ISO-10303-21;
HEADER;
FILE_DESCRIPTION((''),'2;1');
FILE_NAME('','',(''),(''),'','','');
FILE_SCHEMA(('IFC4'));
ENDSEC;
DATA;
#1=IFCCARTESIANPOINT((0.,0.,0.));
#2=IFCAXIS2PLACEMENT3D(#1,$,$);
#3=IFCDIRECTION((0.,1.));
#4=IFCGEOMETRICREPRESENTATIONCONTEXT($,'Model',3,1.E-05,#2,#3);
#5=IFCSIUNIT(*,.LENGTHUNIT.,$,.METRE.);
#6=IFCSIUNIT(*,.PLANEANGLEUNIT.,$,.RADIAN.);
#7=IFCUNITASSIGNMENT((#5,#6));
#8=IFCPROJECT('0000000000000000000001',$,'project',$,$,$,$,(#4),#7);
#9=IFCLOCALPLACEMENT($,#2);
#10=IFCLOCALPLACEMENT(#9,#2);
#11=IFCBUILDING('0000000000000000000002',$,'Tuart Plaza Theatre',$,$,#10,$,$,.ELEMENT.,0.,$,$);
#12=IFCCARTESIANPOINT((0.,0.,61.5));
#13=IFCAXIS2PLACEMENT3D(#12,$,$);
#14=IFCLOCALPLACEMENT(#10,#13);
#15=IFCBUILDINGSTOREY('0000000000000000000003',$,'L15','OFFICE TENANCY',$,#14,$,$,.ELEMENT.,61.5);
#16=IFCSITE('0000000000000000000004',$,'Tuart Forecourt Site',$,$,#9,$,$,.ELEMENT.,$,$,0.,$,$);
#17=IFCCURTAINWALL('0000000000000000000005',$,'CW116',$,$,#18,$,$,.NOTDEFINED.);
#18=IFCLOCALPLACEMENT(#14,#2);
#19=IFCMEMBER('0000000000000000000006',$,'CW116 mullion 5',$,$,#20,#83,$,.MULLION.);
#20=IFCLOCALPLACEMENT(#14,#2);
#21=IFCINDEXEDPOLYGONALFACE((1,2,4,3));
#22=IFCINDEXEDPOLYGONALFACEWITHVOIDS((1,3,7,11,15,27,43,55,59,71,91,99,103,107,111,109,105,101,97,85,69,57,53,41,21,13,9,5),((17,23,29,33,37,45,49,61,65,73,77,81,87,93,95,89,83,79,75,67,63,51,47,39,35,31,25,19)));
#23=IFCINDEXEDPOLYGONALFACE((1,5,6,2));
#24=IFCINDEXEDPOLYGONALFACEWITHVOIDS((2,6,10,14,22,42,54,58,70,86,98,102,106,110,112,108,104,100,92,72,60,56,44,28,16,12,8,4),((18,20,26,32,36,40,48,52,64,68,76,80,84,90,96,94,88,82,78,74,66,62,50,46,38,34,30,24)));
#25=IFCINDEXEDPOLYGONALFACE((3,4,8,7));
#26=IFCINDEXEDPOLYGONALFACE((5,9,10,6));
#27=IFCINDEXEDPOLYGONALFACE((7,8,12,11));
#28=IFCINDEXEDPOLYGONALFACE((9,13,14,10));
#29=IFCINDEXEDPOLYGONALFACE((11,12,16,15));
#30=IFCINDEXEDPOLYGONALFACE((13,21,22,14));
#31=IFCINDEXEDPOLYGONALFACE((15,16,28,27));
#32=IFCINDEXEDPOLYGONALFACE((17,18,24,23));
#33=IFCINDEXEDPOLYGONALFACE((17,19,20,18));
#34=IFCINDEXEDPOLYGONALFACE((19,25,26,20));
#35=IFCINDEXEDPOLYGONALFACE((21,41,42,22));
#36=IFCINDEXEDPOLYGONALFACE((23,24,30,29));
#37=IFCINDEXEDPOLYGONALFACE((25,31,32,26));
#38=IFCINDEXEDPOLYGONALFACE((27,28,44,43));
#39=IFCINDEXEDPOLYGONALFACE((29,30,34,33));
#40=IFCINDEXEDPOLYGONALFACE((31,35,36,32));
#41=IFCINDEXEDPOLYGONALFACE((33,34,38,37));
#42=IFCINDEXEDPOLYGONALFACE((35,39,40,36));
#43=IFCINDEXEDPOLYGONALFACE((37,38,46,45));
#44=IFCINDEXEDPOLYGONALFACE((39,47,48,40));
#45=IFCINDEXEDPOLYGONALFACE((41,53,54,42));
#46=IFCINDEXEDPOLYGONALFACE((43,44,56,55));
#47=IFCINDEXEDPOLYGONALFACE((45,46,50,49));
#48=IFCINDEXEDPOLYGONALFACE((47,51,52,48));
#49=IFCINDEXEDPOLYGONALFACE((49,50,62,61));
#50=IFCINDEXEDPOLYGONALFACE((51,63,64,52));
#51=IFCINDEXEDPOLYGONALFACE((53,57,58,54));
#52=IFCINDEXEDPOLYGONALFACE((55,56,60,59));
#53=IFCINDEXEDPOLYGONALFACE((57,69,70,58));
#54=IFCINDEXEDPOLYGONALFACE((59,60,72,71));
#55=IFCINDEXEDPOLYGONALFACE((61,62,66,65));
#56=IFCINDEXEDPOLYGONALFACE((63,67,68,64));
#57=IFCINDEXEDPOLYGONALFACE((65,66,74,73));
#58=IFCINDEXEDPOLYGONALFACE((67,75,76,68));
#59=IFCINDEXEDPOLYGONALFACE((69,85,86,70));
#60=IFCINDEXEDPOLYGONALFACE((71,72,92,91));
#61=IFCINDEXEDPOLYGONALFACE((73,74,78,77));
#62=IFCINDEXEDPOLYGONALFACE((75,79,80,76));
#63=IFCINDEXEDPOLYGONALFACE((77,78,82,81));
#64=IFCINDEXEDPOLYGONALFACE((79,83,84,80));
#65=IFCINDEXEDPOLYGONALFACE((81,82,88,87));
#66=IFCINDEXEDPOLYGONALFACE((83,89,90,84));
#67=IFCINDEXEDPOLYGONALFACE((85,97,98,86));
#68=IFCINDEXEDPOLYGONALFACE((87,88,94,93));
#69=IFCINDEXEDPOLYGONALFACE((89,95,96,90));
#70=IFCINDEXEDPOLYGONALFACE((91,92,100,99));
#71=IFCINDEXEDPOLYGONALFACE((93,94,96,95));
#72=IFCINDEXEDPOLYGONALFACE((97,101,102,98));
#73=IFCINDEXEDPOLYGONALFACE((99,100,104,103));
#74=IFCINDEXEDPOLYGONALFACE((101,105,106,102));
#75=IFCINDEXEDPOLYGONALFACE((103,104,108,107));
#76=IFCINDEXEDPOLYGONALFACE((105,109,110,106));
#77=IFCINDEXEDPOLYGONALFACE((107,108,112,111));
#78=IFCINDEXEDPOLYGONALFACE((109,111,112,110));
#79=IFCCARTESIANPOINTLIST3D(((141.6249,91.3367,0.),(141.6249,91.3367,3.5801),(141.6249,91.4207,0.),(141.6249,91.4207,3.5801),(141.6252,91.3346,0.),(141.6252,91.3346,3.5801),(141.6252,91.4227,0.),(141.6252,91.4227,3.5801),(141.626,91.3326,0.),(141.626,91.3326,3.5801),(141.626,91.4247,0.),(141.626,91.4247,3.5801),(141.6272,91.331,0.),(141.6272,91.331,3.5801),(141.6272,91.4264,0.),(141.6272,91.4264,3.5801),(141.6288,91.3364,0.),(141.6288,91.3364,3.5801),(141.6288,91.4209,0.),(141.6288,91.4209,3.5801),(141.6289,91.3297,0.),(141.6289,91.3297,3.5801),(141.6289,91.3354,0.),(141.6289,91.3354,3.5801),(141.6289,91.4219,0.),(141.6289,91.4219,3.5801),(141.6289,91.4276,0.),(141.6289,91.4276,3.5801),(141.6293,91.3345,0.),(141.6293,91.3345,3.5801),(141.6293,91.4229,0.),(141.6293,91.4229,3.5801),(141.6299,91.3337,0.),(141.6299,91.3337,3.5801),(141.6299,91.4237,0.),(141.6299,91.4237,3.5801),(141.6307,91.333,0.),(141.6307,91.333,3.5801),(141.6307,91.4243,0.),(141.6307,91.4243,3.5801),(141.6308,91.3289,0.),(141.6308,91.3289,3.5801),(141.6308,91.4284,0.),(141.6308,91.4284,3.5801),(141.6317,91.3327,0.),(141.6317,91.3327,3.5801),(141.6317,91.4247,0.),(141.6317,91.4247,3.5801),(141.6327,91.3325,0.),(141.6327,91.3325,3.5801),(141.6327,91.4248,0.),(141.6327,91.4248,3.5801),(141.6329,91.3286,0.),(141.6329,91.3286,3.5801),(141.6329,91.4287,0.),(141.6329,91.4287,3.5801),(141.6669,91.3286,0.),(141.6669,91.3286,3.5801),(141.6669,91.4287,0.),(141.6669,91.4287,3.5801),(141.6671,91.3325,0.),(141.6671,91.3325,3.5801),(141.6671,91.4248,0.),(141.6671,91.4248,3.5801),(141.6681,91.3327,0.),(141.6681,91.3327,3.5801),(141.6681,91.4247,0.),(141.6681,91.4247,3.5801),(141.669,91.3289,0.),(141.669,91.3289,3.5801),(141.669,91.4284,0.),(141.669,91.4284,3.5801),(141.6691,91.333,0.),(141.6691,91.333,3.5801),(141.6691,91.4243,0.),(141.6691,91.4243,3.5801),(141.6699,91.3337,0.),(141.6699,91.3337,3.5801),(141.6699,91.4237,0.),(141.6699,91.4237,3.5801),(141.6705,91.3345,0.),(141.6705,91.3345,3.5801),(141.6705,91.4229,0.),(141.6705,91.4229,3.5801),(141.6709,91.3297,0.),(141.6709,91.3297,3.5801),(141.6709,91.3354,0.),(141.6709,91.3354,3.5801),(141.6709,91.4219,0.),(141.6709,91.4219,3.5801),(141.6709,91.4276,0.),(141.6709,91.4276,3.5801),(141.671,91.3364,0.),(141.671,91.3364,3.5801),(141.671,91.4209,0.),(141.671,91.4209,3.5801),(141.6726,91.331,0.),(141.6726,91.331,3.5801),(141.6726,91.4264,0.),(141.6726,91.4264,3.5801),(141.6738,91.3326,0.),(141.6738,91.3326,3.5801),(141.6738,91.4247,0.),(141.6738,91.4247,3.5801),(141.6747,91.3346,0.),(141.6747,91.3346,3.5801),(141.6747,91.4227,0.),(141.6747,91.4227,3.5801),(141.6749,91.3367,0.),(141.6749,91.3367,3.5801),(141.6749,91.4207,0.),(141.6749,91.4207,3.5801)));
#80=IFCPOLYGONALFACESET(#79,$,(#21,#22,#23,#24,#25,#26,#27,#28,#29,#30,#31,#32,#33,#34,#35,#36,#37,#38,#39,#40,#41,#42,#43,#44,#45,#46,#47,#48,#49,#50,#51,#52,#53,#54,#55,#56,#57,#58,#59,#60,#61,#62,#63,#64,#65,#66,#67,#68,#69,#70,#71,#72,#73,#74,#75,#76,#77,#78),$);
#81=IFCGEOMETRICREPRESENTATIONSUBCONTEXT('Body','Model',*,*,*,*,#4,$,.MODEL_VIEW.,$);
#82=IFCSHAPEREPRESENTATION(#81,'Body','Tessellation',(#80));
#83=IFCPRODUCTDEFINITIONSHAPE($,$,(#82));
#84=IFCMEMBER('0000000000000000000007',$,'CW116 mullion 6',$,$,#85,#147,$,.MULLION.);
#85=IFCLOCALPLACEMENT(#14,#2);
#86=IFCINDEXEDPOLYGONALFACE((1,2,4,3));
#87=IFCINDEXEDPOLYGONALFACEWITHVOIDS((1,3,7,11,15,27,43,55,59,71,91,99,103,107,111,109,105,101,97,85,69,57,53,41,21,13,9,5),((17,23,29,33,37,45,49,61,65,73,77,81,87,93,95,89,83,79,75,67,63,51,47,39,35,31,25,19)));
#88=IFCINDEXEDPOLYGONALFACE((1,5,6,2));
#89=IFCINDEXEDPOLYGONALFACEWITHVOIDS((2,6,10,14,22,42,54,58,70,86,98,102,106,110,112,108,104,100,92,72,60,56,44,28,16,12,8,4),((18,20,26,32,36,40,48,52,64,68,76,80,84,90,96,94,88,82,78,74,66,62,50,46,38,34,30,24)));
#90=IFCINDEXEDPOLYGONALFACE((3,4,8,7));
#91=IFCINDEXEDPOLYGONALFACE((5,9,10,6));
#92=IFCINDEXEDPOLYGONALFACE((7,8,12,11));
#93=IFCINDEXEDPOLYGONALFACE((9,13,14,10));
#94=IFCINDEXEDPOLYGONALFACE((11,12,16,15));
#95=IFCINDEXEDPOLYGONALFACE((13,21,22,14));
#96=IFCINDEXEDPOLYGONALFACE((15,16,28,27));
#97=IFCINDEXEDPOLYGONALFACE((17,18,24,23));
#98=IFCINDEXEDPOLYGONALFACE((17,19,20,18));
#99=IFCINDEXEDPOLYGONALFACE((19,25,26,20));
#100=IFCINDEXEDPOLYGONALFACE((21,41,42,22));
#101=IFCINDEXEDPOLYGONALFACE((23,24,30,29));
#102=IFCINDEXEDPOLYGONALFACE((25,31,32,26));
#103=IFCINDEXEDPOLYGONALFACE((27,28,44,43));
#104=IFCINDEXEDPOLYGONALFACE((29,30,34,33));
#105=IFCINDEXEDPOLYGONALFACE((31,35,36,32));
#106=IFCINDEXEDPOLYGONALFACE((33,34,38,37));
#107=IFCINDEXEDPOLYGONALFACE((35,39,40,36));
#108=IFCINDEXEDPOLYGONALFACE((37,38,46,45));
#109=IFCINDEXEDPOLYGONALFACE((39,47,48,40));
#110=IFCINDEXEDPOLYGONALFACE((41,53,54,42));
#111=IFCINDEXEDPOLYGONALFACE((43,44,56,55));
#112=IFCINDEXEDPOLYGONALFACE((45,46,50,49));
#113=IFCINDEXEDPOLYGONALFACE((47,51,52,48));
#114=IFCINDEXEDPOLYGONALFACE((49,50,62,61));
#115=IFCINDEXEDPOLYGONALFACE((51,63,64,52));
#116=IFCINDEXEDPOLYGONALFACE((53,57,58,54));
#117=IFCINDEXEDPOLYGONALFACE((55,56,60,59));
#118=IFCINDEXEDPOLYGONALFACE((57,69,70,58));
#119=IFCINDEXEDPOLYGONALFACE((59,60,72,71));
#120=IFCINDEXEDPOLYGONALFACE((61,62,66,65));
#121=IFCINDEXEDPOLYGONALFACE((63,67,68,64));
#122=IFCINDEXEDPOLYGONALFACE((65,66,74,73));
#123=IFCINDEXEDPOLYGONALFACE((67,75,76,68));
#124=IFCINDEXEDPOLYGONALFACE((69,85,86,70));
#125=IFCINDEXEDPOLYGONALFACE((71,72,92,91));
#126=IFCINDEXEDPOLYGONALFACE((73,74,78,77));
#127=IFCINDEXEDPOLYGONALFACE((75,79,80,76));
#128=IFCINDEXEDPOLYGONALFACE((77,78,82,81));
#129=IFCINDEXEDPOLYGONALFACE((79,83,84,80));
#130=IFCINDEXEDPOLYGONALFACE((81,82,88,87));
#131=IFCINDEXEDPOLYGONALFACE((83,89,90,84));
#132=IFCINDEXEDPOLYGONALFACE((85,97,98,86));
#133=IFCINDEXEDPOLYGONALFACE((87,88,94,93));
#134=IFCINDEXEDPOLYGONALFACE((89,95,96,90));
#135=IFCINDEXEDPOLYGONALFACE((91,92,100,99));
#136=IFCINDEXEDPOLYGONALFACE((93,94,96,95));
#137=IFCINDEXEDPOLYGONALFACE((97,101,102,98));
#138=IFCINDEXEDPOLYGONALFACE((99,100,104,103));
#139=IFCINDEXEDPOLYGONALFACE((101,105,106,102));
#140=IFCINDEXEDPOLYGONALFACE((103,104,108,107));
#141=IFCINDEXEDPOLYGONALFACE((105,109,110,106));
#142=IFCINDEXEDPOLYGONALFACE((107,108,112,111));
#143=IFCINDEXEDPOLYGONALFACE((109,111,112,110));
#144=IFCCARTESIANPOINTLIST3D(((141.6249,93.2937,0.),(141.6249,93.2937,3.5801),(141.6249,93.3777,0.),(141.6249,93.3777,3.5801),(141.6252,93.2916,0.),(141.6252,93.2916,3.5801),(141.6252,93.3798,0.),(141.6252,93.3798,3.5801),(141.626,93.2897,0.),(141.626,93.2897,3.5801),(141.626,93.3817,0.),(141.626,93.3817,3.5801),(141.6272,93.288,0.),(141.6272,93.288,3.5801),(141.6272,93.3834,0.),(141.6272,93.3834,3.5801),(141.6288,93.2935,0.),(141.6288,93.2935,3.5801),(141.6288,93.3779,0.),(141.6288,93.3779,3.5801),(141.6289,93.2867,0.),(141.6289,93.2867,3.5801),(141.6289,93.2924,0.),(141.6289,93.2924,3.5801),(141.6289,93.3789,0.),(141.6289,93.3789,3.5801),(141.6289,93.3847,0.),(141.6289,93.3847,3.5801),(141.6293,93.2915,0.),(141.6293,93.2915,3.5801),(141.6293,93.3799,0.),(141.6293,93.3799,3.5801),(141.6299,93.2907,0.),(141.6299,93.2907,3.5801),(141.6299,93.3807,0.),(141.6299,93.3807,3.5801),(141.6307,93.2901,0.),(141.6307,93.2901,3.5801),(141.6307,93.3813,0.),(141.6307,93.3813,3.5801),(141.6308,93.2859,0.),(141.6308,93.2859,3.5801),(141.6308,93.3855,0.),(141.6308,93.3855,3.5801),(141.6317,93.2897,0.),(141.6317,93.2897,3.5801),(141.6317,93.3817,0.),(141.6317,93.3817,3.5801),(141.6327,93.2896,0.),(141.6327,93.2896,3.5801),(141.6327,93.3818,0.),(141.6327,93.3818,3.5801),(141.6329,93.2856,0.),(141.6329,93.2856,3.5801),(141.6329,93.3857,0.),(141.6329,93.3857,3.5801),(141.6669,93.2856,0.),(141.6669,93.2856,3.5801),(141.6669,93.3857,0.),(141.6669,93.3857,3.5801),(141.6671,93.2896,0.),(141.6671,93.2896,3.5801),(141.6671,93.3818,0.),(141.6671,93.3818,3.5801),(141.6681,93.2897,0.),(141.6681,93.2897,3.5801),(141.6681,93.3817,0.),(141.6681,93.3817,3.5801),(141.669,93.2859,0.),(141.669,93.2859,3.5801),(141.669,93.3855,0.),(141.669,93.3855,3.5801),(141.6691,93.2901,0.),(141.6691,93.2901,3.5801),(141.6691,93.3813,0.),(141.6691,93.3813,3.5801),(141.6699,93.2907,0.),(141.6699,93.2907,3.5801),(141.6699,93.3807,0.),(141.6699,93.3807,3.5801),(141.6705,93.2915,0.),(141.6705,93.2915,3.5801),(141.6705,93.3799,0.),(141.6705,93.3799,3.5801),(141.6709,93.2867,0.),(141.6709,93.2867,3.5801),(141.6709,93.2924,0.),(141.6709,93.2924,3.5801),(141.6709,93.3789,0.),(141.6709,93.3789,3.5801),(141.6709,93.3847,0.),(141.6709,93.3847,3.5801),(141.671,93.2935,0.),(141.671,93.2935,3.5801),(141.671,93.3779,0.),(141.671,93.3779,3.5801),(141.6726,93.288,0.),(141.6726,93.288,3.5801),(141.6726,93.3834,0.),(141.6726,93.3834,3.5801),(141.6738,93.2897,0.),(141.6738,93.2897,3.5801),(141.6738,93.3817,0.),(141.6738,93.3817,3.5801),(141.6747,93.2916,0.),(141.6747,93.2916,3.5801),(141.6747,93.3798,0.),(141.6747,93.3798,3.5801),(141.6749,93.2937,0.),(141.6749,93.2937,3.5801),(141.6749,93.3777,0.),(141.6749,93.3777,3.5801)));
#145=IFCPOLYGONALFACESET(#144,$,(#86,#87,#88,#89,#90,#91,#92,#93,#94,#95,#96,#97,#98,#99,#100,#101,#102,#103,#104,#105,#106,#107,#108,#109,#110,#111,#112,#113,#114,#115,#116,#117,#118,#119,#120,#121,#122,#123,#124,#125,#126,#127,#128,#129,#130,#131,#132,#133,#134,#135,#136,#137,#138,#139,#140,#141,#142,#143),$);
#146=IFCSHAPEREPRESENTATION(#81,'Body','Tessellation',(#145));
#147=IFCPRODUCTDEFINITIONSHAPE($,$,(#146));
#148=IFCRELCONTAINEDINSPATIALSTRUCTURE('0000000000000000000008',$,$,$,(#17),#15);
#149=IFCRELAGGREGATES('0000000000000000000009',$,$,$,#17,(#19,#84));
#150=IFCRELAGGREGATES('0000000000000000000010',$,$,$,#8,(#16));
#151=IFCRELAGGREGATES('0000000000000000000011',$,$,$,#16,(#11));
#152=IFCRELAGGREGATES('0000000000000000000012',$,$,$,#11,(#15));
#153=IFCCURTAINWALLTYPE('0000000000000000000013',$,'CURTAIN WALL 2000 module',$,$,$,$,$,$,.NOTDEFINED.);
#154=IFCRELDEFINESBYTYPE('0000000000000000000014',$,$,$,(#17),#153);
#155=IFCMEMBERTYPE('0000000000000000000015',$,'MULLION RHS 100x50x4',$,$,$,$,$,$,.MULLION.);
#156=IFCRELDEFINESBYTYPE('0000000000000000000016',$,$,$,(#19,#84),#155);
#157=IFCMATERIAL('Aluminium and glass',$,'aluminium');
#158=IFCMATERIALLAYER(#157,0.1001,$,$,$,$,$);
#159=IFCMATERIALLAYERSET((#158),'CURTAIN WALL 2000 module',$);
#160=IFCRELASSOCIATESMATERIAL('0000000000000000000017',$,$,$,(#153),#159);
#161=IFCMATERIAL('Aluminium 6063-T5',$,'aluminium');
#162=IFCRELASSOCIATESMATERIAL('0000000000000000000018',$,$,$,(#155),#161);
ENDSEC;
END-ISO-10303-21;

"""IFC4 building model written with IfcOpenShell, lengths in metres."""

from ifc_helpers import new_model, si_unit, direction, frame, origin, origin_2d, place, context, subcontext, project, spatial, hollow_rectangle, extrude, material, layer, layer_set, material_profile, profile_set, type_object, element, aggregate, save


model = new_model("IFC4")

# Units and contexts
model_context = context("Model", 3, precision=1e-05, world=origin(), true_north=direction((0.0, 1.0)))
body_context = subcontext(model_context, "Body", "Model", "MODEL_VIEW")
ifc_project = project(units=[si_unit("LENGTHUNIT", "METRE"), si_unit("PLANEANGLEUNIT", "RADIAN")], contexts=[model_context])

# Site, building, storey
site_placement = place(None, origin())
site = spatial("IfcSite", under=ifc_project, at=site_placement, Name="Tuart Forecourt Site", CompositionType="ELEMENT", RefElevation=0.0)
building_placement = place(site_placement, origin())
building = spatial("IfcBuilding", under=site, at=building_placement, Name="Tuart Plaza Theatre", CompositionType="ELEMENT", ElevationOfRefHeight=0.0)
storey_placement = place(building_placement, frame((0.0, 0.0, 61.5)))
storey = spatial("IfcBuildingStorey", under=building, at=storey_placement, Name="L15", Description="OFFICE TENANCY", CompositionType="ELEMENT", Elevation=61.5)

# Curtain wall, members
ifc_material_1 = material(Name="Aluminium and glass", Category="aluminium")
ifc_layer_1 = layer(ifc_material_1, 0.1001)
ifc_layer_set_1 = layer_set([ifc_layer_1], Name="CURTAIN WALL 2000 module")
curtain_wall_type = type_object("IfcCurtainWallType", Name="CURTAIN WALL 2000 module", PredefinedType="NOTDEFINED", material=ifc_layer_set_1)
curtain_wall_placement = place(storey_placement, origin())
curtain_wall = element("IfcCurtainWall", 1, at=curtain_wall_placement, inside=storey, type_object=curtain_wall_type, Name="CW116", PredefinedType="NOTDEFINED")
ifc_material_2 = material(Name="Aluminium 6063-T5", Category="aluminium")
ifc_material_profile_1 = material_profile(ifc_material_2, hollow_rectangle(XDim=0.05, YDim=0.1001, WallThickness=0.0039, InnerFilletRadius=0.0039, OuterFilletRadius=0.0081, at=origin_2d()), Name="RHS 100x50x4")
ifc_profile_set_1 = profile_set([ifc_material_profile_1], Name="Aluminium 6063-T5")
member_type_1 = type_object("IfcMemberType", Name="MULLION RHS 100x50x4", PredefinedType="MULLION", material=ifc_profile_set_1)
member_1_placement = place(storey_placement, frame((141.6499, 91.3787, 0.0), z_axis=(0.0, 0.0, 1.0), x_axis=(-1.0, 0.0, 0.0)))
member_1 = element("IfcMember", 2, at=member_1_placement, type_object=member_type_1, Name="CW116 mullion 5", PredefinedType="MULLION", context=body_context, shape_type="SweptSolid", body=[
    extrude(hollow_rectangle(XDim=0.05, YDim=0.1001, WallThickness=0.0039, InnerFilletRadius=0.0039, OuterFilletRadius=0.0081, at=origin_2d()), origin(), (0.0, 0.0, 1.0), 3.5801),
])
member_2_placement = place(storey_placement, frame((141.6499, 93.3357, 0.0), z_axis=(0.0, 0.0, 1.0), x_axis=(-1.0, 0.0, 0.0)))
member_2 = element("IfcMember", 3, at=member_2_placement, type_object=member_type_1, Name="CW116 mullion 6", PredefinedType="MULLION", context=body_context, shape_type="SweptSolid", body=[
    extrude(hollow_rectangle(XDim=0.05, YDim=0.1001, WallThickness=0.0039, InnerFilletRadius=0.0039, OuterFilletRadius=0.0081, at=origin_2d()), origin(), (0.0, 0.0, 1.0), 3.5801),
])
aggregate(curtain_wall, [member_1, member_2])

save(model, "model.ifc")
